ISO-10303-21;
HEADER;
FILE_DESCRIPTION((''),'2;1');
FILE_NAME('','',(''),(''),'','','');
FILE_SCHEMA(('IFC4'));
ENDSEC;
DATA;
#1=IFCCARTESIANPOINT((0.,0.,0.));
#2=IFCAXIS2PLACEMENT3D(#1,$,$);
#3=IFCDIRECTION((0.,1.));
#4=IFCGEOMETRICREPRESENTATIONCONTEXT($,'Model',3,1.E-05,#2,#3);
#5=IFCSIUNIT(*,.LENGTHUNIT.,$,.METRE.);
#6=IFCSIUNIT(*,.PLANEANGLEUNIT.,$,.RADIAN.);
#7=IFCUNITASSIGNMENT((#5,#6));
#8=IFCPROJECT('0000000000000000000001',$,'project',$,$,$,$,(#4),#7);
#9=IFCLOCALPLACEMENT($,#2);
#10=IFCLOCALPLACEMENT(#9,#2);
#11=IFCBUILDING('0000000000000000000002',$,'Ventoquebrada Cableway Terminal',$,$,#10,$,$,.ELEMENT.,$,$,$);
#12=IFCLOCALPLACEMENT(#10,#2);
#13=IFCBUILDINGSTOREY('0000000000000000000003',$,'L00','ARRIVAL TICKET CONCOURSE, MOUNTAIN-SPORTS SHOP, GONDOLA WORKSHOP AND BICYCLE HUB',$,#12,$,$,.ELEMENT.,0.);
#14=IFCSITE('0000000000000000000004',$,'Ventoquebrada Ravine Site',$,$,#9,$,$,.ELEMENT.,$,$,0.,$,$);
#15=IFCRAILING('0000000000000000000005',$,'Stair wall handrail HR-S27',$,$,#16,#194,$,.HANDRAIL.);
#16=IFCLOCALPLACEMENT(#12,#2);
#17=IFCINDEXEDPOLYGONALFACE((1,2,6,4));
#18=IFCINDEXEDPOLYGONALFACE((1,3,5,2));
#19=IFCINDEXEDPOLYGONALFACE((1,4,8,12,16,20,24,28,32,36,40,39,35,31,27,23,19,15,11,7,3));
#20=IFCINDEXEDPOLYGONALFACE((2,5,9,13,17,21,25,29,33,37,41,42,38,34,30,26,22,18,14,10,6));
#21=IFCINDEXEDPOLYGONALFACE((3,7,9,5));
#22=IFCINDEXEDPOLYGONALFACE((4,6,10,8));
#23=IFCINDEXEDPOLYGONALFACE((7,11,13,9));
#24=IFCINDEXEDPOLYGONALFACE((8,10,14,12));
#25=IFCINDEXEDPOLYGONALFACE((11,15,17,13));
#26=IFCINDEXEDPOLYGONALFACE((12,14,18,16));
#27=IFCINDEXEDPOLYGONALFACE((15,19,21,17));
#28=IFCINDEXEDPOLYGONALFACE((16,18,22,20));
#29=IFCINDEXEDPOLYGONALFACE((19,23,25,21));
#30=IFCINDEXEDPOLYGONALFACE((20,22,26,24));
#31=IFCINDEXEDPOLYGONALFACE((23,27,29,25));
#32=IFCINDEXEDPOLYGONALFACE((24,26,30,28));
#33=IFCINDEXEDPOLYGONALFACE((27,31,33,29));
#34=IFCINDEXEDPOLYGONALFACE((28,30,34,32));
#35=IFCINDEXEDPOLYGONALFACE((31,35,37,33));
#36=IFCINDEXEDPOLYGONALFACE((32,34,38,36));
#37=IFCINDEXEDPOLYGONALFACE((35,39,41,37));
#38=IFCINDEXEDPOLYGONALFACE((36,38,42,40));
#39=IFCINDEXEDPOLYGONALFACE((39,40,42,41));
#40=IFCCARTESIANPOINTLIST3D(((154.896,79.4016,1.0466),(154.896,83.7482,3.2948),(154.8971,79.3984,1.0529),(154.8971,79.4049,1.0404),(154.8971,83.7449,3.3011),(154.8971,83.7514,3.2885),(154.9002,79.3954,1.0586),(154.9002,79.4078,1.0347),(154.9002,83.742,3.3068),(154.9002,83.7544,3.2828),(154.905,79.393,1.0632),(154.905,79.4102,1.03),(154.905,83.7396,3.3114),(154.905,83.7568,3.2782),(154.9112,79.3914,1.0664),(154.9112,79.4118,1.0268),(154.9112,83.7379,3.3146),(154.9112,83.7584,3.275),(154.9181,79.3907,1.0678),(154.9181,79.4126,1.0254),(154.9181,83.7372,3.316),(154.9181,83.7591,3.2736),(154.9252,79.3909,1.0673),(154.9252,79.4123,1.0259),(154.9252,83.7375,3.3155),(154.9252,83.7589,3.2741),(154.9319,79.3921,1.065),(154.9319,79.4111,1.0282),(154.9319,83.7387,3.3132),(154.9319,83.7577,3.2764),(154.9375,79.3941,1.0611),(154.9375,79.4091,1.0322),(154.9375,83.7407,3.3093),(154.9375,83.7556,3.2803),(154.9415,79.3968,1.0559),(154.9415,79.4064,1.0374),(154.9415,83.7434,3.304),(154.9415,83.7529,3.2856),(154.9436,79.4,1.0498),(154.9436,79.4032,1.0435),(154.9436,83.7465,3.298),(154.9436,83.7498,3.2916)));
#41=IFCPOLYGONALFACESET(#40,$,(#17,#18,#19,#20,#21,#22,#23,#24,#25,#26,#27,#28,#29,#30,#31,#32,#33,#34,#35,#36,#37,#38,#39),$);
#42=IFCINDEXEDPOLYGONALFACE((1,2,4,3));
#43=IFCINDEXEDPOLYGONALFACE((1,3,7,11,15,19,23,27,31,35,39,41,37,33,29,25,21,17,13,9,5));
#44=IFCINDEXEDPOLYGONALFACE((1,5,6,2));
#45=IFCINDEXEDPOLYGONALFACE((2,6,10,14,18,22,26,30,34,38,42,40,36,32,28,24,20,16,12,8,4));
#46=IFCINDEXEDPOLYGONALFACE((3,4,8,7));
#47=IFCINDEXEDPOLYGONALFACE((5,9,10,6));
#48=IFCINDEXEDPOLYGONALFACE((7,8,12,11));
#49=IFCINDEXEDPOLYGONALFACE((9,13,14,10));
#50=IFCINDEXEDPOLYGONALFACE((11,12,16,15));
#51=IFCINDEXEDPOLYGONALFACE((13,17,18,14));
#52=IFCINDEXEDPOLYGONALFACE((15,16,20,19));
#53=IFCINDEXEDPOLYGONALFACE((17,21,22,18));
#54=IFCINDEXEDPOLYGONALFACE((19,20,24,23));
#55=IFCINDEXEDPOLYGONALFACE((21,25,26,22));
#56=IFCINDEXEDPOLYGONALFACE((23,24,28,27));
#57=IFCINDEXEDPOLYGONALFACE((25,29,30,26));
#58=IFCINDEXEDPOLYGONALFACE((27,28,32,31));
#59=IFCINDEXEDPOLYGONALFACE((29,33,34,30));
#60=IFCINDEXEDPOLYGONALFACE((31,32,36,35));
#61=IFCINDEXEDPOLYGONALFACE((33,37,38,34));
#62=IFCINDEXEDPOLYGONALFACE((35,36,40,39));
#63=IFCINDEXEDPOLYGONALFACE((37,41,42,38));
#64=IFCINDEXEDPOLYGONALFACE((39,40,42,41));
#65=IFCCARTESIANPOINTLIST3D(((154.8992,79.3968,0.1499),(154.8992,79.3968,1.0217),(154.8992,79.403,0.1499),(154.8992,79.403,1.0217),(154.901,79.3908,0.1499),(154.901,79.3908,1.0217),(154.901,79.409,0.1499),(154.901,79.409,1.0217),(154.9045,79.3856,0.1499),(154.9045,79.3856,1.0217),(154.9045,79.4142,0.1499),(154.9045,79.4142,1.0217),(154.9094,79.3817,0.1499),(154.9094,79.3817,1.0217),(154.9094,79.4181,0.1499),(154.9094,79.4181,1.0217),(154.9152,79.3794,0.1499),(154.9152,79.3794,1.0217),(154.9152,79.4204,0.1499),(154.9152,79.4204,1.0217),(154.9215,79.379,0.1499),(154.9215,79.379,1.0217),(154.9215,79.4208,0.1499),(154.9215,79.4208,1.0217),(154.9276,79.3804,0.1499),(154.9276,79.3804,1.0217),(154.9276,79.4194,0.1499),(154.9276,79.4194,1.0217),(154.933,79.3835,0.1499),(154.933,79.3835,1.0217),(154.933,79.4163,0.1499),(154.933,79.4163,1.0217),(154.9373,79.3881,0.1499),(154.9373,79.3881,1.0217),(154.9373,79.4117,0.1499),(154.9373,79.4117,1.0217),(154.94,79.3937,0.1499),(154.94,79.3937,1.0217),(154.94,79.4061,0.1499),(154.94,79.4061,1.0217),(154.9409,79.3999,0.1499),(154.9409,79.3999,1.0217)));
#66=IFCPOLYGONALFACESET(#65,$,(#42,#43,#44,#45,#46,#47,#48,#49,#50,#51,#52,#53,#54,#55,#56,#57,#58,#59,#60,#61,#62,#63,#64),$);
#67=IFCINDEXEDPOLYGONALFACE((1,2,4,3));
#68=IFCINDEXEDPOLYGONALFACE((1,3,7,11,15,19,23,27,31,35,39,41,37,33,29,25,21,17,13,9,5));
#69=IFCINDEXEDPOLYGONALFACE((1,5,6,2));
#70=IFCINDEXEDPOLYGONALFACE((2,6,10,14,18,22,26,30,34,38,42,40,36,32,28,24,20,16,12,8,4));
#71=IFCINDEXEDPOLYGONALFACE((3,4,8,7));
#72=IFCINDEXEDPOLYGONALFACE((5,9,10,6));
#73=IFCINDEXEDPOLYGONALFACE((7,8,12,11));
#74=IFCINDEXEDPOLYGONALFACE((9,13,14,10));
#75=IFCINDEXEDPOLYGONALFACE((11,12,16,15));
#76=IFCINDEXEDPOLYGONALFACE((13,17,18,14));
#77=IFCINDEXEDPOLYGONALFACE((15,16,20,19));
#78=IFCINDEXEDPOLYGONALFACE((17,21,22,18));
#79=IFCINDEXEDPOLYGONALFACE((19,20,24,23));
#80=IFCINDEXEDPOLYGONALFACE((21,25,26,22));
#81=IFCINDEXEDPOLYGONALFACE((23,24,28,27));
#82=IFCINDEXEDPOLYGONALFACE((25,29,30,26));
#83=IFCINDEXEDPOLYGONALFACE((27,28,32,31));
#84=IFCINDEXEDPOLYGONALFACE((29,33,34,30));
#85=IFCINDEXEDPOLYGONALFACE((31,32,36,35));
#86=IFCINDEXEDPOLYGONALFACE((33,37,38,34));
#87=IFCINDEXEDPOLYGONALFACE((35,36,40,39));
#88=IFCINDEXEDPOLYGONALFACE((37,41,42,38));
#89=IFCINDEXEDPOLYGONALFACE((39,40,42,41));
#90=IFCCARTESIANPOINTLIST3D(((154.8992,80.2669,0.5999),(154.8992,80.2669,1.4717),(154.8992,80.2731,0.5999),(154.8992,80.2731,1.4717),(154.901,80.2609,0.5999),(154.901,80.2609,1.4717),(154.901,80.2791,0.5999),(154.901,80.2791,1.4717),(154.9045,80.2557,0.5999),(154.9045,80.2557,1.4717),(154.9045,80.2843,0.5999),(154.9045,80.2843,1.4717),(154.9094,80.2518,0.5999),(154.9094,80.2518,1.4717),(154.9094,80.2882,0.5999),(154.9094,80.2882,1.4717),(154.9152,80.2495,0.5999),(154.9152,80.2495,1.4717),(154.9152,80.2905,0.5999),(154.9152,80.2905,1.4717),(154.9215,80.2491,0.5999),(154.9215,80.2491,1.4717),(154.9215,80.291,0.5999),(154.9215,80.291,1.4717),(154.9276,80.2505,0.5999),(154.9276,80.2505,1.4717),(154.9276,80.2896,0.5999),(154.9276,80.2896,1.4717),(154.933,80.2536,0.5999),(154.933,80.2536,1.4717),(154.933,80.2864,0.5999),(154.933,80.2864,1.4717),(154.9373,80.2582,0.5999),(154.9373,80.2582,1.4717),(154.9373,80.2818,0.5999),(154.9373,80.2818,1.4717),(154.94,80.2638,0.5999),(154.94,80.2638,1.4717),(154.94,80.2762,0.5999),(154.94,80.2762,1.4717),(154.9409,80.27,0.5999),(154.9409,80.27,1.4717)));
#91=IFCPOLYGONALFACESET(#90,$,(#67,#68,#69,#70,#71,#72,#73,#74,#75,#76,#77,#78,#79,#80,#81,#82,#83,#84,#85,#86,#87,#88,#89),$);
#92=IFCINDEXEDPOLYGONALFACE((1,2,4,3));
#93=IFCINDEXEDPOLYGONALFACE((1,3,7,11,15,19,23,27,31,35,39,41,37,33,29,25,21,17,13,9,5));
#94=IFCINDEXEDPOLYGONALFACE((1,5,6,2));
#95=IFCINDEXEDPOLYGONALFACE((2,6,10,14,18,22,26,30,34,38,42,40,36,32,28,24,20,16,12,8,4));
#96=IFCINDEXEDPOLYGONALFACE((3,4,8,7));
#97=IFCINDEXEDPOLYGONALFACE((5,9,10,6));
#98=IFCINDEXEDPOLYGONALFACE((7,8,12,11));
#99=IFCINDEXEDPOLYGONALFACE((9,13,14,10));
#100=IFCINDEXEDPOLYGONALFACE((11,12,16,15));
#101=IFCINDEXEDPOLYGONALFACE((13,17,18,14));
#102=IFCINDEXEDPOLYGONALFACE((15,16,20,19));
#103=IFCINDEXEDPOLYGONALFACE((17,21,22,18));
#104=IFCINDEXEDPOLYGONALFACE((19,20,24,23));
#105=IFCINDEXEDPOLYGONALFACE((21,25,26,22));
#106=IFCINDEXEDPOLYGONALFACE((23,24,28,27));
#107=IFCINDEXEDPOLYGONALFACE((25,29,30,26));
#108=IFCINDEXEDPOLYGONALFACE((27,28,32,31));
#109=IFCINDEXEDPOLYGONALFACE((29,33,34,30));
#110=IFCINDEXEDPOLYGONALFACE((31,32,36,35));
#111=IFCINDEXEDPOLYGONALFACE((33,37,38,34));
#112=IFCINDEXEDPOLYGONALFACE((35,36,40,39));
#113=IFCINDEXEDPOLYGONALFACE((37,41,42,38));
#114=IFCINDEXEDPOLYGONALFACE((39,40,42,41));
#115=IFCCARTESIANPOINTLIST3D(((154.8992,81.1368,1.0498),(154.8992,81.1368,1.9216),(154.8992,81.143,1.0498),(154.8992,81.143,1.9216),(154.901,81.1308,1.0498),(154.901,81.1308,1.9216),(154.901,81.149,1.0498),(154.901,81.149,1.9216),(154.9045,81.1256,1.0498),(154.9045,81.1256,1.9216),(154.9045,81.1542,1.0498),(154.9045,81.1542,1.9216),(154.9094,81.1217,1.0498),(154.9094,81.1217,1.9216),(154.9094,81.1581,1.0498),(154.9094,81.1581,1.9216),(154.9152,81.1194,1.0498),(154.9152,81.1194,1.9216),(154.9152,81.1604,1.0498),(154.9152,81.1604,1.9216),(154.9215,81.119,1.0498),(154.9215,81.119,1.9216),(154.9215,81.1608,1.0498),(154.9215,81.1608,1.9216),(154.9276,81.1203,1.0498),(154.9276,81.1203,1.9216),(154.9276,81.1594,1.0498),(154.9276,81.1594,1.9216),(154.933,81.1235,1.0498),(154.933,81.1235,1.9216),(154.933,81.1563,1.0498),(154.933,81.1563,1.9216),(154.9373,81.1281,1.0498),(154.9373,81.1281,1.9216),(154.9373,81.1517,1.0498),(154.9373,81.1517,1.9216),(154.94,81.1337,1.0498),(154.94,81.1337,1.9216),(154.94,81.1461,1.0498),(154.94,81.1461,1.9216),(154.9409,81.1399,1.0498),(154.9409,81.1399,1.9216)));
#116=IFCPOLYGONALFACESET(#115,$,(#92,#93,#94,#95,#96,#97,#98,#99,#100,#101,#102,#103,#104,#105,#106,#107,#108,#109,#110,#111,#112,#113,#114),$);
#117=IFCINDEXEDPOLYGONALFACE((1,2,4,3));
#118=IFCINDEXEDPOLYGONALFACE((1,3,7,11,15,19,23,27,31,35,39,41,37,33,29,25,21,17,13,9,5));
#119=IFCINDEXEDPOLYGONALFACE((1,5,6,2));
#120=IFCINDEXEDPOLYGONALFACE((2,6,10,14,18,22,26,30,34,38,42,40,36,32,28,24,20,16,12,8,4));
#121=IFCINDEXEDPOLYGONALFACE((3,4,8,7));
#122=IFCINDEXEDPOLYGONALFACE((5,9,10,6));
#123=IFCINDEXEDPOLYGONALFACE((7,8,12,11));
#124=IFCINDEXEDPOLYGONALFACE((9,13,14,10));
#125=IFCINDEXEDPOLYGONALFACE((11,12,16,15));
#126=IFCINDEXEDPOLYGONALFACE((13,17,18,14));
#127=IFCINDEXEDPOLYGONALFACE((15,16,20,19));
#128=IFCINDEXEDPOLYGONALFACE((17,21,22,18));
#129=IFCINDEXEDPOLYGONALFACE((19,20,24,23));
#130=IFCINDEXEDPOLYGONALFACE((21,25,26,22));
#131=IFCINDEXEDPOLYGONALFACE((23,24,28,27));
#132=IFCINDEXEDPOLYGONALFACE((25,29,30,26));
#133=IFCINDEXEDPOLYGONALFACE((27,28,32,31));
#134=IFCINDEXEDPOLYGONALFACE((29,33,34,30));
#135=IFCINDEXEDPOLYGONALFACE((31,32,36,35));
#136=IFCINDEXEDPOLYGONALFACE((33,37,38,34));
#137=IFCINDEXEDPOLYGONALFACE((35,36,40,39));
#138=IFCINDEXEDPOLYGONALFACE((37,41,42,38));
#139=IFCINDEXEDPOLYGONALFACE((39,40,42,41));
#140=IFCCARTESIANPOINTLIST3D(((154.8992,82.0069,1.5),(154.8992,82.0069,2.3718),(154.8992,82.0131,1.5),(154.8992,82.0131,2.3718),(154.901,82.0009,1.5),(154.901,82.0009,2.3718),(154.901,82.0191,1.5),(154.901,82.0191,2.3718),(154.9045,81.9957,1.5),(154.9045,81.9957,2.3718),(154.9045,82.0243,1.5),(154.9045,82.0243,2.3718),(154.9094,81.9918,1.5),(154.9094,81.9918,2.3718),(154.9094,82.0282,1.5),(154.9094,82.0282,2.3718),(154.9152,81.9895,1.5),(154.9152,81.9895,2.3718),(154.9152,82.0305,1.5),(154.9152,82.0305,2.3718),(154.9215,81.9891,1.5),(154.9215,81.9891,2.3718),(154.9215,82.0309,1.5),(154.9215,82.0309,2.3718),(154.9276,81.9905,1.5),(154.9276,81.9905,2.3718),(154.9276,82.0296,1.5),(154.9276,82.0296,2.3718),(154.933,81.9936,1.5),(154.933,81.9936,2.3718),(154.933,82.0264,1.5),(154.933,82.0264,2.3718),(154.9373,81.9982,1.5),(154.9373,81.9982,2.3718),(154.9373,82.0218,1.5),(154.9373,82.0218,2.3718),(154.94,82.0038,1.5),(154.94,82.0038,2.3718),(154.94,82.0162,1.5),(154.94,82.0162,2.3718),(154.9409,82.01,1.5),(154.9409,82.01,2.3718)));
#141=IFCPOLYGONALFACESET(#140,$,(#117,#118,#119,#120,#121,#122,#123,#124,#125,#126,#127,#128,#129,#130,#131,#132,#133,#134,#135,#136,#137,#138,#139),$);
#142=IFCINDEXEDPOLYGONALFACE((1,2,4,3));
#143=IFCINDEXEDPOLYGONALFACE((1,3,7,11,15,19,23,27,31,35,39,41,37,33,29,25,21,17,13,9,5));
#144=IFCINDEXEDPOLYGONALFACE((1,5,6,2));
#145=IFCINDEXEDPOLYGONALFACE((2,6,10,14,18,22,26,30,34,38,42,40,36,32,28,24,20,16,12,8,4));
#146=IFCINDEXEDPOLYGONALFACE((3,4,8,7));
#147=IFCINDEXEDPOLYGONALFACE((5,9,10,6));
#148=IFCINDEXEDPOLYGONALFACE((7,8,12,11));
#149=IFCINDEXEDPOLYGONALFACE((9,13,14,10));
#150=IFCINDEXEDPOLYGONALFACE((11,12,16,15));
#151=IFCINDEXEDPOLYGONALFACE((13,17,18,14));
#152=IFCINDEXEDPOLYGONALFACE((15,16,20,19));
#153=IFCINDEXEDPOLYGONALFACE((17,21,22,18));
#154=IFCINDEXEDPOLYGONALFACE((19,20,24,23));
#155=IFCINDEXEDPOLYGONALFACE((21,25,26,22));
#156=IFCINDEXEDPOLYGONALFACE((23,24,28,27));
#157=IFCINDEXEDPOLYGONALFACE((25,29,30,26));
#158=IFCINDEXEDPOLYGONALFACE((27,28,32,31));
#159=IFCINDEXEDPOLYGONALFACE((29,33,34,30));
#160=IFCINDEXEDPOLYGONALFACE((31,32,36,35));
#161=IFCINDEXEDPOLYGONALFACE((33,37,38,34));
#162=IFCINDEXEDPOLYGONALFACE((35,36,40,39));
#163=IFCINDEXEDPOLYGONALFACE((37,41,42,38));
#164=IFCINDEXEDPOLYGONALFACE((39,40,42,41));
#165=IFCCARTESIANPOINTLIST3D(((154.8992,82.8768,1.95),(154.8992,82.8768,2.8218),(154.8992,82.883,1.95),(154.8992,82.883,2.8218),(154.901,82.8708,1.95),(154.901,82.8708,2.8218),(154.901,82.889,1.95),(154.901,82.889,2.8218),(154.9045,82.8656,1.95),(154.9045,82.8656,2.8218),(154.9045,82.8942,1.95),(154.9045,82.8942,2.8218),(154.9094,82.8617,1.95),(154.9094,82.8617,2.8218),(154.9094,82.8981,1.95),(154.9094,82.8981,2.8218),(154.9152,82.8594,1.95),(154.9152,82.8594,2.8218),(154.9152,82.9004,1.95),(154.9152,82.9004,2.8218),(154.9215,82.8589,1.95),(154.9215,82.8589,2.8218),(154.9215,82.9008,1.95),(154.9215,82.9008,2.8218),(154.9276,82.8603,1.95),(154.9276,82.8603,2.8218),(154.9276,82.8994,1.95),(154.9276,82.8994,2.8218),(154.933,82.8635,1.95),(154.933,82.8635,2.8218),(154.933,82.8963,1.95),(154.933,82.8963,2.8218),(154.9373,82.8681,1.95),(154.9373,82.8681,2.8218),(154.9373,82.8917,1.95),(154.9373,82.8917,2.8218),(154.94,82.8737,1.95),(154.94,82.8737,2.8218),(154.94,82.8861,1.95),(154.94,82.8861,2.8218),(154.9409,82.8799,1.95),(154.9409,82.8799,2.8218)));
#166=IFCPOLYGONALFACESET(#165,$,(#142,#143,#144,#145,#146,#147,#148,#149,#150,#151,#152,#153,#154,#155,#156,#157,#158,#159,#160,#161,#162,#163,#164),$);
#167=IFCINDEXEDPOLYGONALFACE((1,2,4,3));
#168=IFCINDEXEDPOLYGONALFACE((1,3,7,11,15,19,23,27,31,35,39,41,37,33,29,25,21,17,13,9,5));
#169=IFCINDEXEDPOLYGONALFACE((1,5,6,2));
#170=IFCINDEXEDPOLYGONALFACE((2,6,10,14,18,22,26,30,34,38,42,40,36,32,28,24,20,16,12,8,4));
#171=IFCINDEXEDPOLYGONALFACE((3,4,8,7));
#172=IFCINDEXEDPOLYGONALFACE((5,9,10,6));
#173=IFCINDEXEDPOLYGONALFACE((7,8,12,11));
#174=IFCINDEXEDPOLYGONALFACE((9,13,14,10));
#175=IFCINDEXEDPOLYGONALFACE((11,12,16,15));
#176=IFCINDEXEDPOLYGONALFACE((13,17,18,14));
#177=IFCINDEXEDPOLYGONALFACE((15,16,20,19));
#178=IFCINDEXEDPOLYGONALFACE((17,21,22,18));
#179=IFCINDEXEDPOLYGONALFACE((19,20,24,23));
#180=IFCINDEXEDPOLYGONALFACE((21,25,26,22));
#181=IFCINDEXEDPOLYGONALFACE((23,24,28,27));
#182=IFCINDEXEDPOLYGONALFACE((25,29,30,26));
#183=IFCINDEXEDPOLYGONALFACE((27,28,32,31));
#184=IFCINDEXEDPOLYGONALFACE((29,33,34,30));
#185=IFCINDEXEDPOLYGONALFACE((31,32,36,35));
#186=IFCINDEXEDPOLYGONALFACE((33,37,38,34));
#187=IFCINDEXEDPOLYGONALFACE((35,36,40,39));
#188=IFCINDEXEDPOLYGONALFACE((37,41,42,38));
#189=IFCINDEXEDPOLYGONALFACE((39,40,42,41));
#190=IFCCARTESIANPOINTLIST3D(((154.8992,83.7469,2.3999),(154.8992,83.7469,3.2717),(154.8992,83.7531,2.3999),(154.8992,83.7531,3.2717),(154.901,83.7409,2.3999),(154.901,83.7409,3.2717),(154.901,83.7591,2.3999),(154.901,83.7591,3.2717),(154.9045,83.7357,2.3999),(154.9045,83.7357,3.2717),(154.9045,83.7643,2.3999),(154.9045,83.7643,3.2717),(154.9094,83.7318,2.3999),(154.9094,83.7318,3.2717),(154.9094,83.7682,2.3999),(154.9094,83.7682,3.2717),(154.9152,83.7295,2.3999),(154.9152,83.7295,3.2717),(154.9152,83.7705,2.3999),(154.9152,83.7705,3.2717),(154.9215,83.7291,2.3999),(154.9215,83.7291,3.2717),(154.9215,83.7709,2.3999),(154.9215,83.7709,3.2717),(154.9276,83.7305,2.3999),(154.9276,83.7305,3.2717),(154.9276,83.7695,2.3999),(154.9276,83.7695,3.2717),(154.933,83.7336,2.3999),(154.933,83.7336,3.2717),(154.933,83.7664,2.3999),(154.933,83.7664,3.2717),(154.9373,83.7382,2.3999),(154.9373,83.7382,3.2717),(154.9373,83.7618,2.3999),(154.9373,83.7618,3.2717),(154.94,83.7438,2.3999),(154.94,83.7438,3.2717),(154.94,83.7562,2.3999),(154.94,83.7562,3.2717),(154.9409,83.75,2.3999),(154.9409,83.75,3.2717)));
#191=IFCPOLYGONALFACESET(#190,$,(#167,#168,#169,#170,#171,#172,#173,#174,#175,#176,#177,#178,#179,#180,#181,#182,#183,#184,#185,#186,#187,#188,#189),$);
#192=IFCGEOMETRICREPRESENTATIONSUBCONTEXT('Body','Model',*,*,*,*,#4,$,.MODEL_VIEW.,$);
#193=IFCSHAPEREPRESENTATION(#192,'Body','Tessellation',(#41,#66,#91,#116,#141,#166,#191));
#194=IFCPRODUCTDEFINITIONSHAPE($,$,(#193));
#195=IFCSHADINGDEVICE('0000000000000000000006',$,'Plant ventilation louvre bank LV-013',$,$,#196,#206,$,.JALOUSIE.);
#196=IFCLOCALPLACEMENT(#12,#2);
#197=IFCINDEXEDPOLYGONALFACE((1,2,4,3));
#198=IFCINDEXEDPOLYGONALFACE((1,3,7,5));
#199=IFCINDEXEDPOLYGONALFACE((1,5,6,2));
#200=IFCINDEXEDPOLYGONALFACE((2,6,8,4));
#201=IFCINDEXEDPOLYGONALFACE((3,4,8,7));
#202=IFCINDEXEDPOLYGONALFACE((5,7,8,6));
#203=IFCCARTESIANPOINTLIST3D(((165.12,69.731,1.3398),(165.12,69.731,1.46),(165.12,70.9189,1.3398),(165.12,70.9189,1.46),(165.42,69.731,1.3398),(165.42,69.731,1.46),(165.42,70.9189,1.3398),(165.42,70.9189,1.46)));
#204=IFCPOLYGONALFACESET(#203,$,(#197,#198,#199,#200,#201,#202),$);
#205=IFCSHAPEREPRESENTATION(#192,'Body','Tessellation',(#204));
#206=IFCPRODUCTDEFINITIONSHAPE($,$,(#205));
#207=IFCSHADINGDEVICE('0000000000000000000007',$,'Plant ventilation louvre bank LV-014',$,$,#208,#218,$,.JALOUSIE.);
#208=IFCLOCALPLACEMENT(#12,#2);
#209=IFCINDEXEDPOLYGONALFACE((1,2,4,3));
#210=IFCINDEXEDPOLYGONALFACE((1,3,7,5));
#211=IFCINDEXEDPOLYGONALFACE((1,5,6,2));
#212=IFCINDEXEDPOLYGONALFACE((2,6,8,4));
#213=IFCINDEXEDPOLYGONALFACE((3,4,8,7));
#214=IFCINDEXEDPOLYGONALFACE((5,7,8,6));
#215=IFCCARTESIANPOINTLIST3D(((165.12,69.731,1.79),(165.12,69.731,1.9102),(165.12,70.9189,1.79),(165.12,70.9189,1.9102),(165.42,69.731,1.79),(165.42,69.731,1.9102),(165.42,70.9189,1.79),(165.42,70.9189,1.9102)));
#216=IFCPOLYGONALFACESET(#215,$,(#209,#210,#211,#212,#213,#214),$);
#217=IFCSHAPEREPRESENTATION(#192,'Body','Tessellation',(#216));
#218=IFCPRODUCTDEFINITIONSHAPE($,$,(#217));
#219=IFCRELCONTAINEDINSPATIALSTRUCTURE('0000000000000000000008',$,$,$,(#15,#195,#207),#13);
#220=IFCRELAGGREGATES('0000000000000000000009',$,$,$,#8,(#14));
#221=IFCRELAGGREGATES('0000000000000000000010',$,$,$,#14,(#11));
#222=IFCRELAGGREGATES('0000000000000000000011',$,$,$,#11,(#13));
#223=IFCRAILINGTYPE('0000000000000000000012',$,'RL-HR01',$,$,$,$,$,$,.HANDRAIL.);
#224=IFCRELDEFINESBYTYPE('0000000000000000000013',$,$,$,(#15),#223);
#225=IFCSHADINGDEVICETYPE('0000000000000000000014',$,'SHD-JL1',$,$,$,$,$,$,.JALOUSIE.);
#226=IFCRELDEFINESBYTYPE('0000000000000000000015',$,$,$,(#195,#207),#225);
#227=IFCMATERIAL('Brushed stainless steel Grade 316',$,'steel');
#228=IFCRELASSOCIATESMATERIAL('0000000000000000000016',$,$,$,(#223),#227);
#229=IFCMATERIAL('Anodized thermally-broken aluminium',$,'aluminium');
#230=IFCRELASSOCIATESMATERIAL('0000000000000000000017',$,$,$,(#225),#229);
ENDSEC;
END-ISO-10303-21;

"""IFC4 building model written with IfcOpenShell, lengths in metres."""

from ifc_helpers import new_model, si_unit, direction, frame, origin, origin_2d, place, context, subcontext, project, spatial, rectangle, circle, extrude, material, type_object, element, save


model = new_model("IFC4")

# Units and contexts
model_context = context("Model", 3, precision=1e-05, world=origin(), true_north=direction((0.0, 1.0)))
body_context = subcontext(model_context, "Body", "Model", "MODEL_VIEW")
ifc_project = project(units=[si_unit("LENGTHUNIT", "METRE"), si_unit("PLANEANGLEUNIT", "RADIAN")], contexts=[model_context])

# Site, building, storey
site_placement = place(None, origin())
site = spatial("IfcSite", under=ifc_project, at=site_placement, Name="Ventoquebrada Ravine Site", CompositionType="ELEMENT", RefElevation=0.0)
building_placement = place(site_placement, origin())
building = spatial("IfcBuilding", under=site, at=building_placement, Name="Ventoquebrada Cableway Terminal", CompositionType="ELEMENT")
storey_placement = place(building_placement, origin())
storey = spatial("IfcBuildingStorey", under=building, at=storey_placement, Name="L00", Description="ARRIVAL TICKET CONCOURSE, MOUNTAIN-SPORTS SHOP, GONDOLA WORKSHOP AND BICYCLE HUB", CompositionType="ELEMENT", Elevation=0.0)

# Railing
ifc_material_1 = material(Name="Brushed stainless steel Grade 316", Category="steel")
railing_type_1 = type_object("IfcRailingType", Name="RL-HR01", PredefinedType="HANDRAIL", material=ifc_material_1)
railing_1_placement = place(storey_placement, frame((154.9199, 79.3999, 0.1499)))
element("IfcRailing", 1, at=railing_1_placement, inside=storey, type_object=railing_type_1, Name="Stair wall handrail HR-S27", PredefinedType="HANDRAIL", context=body_context, shape_type="SweptSolid", body=[
    extrude(circle(Radius=0.0239, at=origin_2d()), frame((0.0, 0.0017, 0.8967), z_axis=(0.0, 0.888222, 0.459415), x_axis=(-1.0, 0.0, 0.0)), (0.0, 0.0, 1.0), 4.8936),
    extrude(circle(Radius=0.021, at=origin_2d()), origin(), (0.0, 0.0, 1.0), 0.8718),
    extrude(circle(Radius=0.021, at=origin_2d()), frame((0.0, 0.8701, 0.45)), (0.0, 0.0, 1.0), 0.8718),
    extrude(circle(Radius=0.021, at=origin_2d()), frame((0.0, 1.74, 0.8999)), (0.0, 0.0, 1.0), 0.8718),
    extrude(circle(Radius=0.021, at=origin_2d()), frame((0.0, 2.6101, 1.3501)), (0.0, 0.0, 1.0), 0.8718),
    extrude(circle(Radius=0.021, at=origin_2d()), frame((0.0, 3.48, 1.8)), (0.0, 0.0, 1.0), 0.8718),
    extrude(circle(Radius=0.021, at=origin_2d()), frame((0.0, 4.3501, 2.25)), (0.0, 0.0, 1.0), 0.8718),
])

# Shading devices
ifc_material_2 = material(Name="Anodized thermally-broken aluminium", Category="aluminium")
shading_device_type = type_object("IfcShadingDeviceType", Name="SHD-JL1", PredefinedType="JALOUSIE", material=ifc_material_2)
for number, where, z_axis, x_axis, name in (
    (2, (165.27, 70.325, 1.3398), (0.0, 0.0, 1.0), (0.0, 1.0, 0.0), "Plant ventilation louvre bank LV-013"),
    (3, (165.27, 70.325, 1.79), (0.0, 0.0, 1.0), (0.0, 1.0, 0.0), "Plant ventilation louvre bank LV-014"),
):
    element("IfcShadingDevice", number, at=place(storey_placement, frame(where, z_axis=z_axis, x_axis=x_axis)), inside=storey, type_object=shading_device_type, Name=name, PredefinedType="JALOUSIE", context=body_context, shape_type="SweptSolid", body=[
        extrude(rectangle(XDim=1.188, YDim=0.3, at=origin_2d()), origin(), (0.0, 0.0, 1.0), 0.1201),
    ])

save(model, "model.ifc")
